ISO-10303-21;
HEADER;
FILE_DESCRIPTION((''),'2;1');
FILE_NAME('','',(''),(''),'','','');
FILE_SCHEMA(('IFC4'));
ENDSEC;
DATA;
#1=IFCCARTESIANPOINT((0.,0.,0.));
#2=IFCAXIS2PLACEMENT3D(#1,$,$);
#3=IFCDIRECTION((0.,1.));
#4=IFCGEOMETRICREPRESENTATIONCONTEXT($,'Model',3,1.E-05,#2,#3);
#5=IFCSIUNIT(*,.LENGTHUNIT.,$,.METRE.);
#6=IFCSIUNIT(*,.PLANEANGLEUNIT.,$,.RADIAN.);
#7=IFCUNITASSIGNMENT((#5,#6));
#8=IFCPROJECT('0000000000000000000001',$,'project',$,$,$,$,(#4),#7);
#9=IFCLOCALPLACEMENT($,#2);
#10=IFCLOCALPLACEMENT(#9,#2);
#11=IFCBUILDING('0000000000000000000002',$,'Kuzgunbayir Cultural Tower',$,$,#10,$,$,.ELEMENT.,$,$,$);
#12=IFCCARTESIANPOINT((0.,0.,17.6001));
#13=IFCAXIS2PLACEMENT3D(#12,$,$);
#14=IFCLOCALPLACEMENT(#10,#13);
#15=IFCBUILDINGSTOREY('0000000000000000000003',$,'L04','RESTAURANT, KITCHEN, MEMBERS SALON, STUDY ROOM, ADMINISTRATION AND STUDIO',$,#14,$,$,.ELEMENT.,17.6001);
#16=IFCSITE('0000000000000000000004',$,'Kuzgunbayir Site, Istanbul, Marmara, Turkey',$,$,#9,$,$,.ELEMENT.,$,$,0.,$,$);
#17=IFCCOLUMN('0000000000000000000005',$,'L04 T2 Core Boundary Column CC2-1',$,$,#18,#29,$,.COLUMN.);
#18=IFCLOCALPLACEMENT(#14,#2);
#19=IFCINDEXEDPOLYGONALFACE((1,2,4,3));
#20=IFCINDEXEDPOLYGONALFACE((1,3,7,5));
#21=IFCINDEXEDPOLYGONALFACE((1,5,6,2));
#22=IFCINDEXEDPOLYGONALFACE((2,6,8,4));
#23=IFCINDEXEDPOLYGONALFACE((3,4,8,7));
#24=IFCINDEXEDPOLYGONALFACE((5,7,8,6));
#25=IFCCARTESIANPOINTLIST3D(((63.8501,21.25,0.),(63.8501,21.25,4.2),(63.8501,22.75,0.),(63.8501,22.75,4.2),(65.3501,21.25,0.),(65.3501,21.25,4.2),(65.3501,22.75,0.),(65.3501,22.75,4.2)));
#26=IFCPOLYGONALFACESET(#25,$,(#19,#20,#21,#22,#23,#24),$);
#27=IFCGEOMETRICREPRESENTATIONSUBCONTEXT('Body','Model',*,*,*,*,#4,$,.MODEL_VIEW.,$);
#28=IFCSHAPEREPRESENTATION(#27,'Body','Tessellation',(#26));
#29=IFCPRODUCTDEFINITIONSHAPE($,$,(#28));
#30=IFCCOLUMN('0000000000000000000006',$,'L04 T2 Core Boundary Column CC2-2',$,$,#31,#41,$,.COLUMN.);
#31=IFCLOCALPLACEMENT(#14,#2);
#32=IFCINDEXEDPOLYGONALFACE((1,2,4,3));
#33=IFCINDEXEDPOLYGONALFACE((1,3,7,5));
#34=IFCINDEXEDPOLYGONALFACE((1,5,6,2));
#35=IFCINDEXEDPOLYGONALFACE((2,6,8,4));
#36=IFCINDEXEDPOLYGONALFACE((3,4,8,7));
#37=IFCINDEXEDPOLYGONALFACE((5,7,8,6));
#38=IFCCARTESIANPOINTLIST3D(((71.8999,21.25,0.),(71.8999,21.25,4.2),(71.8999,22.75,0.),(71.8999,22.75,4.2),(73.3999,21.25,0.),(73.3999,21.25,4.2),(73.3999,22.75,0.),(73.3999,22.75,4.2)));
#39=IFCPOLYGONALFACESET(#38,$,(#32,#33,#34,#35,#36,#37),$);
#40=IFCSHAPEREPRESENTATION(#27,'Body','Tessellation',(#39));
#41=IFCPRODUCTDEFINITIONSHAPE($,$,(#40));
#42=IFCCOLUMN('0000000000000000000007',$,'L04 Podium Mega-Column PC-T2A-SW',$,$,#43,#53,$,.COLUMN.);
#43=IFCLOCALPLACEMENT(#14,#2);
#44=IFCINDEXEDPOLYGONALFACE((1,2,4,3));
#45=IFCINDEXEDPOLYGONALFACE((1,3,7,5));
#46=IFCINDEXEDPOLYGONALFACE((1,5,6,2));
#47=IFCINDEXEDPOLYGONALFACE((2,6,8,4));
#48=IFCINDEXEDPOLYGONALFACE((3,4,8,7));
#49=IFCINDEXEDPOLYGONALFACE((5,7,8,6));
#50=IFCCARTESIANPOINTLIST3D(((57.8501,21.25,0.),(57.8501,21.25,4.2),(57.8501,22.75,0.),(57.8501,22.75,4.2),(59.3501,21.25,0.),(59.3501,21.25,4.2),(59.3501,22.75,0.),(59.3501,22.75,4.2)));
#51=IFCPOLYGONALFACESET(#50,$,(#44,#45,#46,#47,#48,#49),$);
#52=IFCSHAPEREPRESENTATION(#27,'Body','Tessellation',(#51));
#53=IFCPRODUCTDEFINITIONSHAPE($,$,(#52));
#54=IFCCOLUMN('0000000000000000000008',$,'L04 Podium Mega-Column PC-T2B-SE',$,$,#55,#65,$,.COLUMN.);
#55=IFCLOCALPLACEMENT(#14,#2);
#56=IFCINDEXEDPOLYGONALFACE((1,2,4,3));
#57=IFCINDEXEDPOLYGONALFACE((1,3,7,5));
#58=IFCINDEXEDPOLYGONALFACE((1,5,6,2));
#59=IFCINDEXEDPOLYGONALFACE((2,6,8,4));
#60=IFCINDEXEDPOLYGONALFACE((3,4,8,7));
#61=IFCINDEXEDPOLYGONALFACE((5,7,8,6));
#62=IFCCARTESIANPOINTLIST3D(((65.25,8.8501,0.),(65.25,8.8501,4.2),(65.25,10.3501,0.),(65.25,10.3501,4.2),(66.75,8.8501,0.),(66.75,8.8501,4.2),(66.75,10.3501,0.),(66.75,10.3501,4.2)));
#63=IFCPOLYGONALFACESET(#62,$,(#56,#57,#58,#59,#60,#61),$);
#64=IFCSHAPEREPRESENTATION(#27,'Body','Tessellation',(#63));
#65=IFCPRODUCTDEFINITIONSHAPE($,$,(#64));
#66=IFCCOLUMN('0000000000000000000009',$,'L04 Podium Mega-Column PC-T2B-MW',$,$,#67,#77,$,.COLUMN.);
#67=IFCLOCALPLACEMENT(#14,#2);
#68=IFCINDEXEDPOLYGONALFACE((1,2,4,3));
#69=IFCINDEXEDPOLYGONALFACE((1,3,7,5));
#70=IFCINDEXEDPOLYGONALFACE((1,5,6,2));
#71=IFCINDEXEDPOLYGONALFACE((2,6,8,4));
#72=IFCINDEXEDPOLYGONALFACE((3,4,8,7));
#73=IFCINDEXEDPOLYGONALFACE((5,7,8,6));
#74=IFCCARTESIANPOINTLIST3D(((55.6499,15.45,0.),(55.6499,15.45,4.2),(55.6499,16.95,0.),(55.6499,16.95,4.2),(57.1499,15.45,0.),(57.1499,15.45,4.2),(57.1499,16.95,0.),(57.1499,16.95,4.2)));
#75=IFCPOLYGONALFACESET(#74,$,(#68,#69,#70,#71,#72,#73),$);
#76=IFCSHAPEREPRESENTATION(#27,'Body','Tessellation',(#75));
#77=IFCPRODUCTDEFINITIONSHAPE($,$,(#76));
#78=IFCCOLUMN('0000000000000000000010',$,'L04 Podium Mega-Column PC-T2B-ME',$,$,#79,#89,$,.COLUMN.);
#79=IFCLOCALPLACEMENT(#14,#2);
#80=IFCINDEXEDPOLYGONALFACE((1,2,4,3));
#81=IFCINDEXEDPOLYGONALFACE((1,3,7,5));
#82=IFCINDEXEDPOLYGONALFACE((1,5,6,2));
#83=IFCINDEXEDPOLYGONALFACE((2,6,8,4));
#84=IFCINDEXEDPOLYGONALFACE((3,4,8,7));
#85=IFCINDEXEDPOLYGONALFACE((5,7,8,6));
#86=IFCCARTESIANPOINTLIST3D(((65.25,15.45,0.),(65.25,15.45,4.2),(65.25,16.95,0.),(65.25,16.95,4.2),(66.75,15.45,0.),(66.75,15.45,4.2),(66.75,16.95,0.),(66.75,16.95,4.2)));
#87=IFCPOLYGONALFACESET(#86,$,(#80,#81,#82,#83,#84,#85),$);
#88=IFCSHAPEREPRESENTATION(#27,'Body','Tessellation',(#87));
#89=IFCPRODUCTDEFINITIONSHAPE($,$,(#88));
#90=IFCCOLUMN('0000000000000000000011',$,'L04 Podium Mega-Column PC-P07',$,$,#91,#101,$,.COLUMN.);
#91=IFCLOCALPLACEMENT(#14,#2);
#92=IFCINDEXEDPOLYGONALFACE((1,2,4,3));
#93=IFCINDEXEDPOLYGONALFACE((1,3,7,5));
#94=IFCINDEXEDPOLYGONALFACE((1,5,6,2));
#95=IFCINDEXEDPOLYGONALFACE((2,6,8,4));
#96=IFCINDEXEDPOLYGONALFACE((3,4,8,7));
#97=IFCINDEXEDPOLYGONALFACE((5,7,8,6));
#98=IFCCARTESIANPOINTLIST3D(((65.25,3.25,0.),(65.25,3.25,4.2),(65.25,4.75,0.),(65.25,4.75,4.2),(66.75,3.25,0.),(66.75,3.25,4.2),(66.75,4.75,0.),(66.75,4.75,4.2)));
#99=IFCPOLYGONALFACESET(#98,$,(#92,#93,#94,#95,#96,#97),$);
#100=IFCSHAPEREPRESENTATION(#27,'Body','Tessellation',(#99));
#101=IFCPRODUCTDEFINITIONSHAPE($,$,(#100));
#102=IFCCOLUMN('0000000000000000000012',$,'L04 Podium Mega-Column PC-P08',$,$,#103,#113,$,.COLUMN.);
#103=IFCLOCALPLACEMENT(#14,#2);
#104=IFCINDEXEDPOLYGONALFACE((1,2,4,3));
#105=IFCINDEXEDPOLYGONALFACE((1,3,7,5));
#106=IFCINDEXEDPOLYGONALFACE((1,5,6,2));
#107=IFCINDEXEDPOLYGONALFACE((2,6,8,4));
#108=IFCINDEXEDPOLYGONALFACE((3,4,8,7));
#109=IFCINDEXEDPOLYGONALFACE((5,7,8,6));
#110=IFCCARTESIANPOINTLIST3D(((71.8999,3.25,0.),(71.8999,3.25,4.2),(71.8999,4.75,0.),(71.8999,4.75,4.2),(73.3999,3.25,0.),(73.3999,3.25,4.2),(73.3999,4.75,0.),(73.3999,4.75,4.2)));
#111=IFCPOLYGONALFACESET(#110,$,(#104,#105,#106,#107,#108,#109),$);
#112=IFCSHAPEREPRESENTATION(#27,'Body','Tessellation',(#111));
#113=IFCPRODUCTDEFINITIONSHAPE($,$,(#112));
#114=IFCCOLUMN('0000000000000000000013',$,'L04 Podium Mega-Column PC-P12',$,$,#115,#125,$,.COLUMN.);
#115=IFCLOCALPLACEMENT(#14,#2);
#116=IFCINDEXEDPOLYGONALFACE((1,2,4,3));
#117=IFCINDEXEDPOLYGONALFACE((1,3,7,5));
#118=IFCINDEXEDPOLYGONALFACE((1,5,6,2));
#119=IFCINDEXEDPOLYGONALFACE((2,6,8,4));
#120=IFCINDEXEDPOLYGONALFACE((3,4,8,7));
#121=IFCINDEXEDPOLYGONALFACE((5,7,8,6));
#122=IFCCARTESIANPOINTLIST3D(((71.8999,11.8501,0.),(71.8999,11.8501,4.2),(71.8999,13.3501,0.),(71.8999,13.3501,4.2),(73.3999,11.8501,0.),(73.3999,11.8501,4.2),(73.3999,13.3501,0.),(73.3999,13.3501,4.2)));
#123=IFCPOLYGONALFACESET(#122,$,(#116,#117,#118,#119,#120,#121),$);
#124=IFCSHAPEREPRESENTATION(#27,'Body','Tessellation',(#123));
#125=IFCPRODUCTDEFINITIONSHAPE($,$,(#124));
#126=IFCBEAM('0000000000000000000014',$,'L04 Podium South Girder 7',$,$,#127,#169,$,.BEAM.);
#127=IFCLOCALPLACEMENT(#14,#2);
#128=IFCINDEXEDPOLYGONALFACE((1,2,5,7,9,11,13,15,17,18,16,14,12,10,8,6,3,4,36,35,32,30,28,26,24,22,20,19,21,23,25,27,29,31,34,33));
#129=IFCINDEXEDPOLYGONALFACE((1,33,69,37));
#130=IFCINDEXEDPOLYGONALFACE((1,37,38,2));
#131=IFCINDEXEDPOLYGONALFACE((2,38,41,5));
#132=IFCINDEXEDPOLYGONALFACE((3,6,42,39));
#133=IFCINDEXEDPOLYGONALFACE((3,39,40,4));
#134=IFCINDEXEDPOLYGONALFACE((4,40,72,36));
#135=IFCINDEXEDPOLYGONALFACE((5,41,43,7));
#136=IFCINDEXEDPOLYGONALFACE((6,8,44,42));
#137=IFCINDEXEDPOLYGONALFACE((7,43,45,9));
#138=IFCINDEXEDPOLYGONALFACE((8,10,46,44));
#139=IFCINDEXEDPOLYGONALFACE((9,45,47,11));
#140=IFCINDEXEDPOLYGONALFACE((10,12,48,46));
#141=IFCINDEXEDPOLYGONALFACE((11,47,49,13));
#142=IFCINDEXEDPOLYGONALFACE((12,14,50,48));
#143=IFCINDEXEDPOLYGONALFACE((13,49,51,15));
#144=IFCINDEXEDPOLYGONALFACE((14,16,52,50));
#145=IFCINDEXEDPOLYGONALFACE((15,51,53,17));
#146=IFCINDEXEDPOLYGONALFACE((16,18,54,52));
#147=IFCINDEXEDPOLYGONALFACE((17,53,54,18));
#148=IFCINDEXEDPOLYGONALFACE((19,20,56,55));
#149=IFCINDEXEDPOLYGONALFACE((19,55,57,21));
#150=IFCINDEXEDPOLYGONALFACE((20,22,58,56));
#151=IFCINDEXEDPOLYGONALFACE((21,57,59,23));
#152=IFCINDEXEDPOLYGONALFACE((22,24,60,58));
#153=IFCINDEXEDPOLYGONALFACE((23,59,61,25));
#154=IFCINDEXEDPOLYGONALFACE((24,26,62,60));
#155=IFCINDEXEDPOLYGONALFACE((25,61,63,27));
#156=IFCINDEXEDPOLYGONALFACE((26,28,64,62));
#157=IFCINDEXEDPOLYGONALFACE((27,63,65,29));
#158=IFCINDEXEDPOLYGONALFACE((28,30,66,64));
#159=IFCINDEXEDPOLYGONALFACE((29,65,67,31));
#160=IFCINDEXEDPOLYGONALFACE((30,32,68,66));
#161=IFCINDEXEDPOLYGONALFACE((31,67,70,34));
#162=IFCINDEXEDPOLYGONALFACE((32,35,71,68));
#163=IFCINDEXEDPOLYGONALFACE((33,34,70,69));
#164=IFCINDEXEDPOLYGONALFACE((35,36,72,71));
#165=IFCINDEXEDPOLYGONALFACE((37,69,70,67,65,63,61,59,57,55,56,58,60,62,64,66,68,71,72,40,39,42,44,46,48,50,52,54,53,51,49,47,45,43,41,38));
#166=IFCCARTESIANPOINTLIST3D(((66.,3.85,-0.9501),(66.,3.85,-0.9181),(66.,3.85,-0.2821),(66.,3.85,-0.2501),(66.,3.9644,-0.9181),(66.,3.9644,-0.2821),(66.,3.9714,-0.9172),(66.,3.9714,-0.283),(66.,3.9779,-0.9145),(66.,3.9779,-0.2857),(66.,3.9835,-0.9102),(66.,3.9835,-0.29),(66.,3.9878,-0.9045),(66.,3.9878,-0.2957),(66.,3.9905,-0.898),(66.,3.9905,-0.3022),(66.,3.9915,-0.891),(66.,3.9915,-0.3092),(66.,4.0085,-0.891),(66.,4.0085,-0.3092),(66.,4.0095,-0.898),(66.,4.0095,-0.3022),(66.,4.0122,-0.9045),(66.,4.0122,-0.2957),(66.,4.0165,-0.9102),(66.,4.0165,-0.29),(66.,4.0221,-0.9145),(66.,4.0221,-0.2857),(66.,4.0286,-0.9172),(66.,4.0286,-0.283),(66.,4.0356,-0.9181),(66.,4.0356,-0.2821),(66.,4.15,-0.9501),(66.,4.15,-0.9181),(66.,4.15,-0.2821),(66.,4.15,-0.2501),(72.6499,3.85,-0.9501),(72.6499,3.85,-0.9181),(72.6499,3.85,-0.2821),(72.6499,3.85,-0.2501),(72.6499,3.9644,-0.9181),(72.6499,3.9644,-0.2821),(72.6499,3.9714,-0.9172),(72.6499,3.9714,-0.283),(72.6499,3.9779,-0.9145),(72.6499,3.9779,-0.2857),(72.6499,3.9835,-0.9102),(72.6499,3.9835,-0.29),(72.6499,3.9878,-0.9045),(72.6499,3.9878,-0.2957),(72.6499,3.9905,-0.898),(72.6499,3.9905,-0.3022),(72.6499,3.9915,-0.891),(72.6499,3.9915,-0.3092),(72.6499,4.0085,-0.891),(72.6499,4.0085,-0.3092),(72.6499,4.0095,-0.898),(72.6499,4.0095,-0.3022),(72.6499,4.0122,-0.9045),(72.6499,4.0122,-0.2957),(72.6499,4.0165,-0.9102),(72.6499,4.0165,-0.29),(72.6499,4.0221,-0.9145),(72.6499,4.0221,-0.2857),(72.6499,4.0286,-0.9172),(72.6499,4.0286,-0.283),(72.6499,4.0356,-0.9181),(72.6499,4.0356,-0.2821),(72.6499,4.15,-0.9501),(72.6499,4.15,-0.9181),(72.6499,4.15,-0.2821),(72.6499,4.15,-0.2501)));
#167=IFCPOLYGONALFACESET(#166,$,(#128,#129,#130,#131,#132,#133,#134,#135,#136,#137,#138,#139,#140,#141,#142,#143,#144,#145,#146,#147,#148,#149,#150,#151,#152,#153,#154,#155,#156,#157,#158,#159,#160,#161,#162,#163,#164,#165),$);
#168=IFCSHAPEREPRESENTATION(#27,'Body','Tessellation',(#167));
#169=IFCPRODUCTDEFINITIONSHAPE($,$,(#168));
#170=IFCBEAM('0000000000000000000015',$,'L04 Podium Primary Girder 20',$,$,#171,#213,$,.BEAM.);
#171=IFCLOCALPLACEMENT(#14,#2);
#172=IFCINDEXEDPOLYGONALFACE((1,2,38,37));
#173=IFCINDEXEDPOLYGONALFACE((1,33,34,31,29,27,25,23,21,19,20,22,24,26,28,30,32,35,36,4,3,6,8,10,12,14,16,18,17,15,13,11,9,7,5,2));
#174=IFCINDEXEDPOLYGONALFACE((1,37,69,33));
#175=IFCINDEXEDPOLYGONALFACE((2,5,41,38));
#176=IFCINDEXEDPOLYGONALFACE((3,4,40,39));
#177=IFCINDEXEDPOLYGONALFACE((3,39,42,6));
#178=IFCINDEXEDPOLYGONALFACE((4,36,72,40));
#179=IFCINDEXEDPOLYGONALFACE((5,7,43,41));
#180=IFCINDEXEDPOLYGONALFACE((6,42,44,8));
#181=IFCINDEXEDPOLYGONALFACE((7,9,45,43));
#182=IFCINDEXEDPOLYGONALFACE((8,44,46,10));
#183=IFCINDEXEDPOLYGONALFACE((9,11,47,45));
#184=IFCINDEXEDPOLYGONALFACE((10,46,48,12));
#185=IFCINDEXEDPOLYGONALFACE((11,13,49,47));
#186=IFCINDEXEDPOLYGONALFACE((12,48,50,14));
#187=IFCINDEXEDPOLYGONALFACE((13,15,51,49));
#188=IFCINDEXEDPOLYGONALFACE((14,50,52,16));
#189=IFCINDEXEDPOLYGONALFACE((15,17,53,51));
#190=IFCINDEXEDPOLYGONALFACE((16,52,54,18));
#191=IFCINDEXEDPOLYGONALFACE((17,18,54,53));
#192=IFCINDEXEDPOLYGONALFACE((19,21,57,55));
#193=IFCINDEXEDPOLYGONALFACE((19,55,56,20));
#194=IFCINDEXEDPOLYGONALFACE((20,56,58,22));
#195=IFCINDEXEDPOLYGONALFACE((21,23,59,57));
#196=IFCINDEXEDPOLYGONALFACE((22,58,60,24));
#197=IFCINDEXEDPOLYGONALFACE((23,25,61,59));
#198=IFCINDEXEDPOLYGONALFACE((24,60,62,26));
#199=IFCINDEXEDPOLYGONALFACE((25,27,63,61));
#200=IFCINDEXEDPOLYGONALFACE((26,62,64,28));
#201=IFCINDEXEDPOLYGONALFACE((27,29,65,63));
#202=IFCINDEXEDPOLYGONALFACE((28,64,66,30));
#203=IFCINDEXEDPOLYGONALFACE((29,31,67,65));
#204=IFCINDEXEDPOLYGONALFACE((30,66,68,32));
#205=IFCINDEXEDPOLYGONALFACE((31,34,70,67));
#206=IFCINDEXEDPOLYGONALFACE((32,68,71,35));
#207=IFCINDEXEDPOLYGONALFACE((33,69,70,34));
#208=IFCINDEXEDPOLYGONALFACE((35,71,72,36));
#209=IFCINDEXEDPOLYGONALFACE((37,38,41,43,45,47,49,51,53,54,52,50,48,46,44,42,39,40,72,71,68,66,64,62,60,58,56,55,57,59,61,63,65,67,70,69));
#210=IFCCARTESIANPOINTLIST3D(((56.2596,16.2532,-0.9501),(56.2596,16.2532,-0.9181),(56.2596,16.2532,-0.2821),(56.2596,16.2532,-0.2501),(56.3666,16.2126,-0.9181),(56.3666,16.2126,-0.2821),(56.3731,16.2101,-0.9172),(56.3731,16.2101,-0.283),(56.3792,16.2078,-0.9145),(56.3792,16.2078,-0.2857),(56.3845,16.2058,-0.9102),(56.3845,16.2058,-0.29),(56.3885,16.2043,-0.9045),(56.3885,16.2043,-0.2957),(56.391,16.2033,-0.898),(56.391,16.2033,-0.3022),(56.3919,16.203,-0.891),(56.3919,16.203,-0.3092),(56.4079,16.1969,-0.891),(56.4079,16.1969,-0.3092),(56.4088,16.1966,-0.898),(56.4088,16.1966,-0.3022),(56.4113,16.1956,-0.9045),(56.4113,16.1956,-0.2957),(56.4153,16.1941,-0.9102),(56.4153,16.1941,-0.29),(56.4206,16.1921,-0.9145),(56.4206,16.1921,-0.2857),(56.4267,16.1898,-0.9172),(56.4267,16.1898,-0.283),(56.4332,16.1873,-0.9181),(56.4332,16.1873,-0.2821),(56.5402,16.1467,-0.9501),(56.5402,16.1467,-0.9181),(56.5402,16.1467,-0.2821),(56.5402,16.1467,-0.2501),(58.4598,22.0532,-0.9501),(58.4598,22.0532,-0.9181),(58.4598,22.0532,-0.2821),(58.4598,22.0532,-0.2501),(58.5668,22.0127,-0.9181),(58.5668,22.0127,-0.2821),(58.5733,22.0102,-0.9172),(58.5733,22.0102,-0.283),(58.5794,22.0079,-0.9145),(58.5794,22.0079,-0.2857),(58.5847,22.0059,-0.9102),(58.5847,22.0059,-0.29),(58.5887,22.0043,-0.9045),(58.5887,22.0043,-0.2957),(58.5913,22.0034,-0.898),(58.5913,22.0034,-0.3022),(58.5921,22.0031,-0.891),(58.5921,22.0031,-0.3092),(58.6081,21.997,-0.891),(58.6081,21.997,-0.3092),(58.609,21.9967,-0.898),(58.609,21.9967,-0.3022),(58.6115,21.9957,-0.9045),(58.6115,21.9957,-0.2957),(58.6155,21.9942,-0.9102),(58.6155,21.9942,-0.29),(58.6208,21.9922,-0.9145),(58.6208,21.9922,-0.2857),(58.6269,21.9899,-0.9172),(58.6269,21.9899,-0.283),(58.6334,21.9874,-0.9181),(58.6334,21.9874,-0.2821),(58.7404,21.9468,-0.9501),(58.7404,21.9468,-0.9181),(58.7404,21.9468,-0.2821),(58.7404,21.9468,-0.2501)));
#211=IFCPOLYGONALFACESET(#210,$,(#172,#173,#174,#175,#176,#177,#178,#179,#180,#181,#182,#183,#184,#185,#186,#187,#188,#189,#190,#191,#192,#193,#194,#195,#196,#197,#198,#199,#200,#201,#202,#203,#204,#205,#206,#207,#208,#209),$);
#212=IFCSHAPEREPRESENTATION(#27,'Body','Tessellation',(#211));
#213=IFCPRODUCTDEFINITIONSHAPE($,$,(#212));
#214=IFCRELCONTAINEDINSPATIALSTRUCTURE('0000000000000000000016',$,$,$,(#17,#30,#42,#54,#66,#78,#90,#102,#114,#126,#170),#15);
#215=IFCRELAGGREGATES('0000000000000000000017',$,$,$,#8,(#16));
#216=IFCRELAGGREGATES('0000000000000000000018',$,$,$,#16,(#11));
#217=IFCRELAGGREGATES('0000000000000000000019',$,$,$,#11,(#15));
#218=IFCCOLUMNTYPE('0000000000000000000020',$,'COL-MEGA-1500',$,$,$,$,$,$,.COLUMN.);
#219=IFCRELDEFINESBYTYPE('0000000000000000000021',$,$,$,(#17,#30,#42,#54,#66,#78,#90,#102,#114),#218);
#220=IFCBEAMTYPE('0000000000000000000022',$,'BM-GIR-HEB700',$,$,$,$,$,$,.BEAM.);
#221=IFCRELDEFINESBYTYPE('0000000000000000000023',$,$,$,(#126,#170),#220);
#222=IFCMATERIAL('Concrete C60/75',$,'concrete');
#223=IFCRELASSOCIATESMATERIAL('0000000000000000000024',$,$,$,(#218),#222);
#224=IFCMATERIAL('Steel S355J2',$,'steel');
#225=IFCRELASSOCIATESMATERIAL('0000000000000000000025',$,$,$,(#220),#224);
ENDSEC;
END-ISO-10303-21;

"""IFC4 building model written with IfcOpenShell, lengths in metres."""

from ifc_helpers import new_model, si_unit, direction, frame, origin, origin_2d, place, context, subcontext, project, spatial, rectangle, i_section, extrude, material, material_profile, profile_set, type_object, element, save


model = new_model("IFC4")

# Units and contexts
model_context = context("Model", 3, precision=1e-05, world=origin(), true_north=direction((0.0, 1.0)))
body_context = subcontext(model_context, "Body", "Model", "MODEL_VIEW")
ifc_project = project(units=[si_unit("LENGTHUNIT", "METRE"), si_unit("PLANEANGLEUNIT", "RADIAN")], contexts=[model_context])

# Site, building, storey
site_placement = place(None, origin())
site = spatial("IfcSite", under=ifc_project, at=site_placement, Name="Kuzgunbayir Site, Istanbul, Marmara, Turkey", CompositionType="ELEMENT", RefElevation=0.0)
building_placement = place(site_placement, origin())
building = spatial("IfcBuilding", under=site, at=building_placement, Name="Kuzgunbayir Cultural Tower", CompositionType="ELEMENT")
storey_placement = place(building_placement, frame((0.0, 0.0, 17.6001)))
storey = spatial("IfcBuildingStorey", under=building, at=storey_placement, Name="L04", Description="RESTAURANT, KITCHEN, MEMBERS SALON, STUDY ROOM, ADMINISTRATION AND STUDIO", CompositionType="ELEMENT", Elevation=17.6001)

# Columns
ifc_material_1 = material(Name="Concrete C60/75", Category="concrete")
ifc_material_profile_1 = material_profile(ifc_material_1, rectangle(XDim=1.5, YDim=1.5, at=origin_2d()), Name="RC 1500x1500")
ifc_profile_set_1 = profile_set([ifc_material_profile_1], Name="Concrete C60/75")
column_type = type_object("IfcColumnType", Name="COL-MEGA-1500", PredefinedType="COLUMN", material=ifc_profile_set_1)
for number, where, z_axis, x_axis, name in (
    (1, (64.6001, 22.0, 0.0), (0.0, 0.0, 1.0), (1.0, 0.0, 0.0), "L04 T2 Core Boundary Column CC2-1"),
    (2, (72.6499, 22.0, 0.0), (0.0, 0.0, 1.0), (1.0, 0.0, 0.0), "L04 T2 Core Boundary Column CC2-2"),
    (3, (58.6001, 22.0, 0.0), (0.0, 0.0, 1.0), (1.0, 0.0, 0.0), "L04 Podium Mega-Column PC-T2A-SW"),
    (4, (66.0, 9.6001, 0.0), (0.0, 0.0, 1.0), (1.0, 0.0, 0.0), "L04 Podium Mega-Column PC-T2B-SE"),
    (5, (56.3999, 16.2, 0.0), (0.0, 0.0, 1.0), (1.0, 0.0, 0.0), "L04 Podium Mega-Column PC-T2B-MW"),
    (6, (66.0, 16.2, 0.0), (0.0, 0.0, 1.0), (1.0, 0.0, 0.0), "L04 Podium Mega-Column PC-T2B-ME"),
    (7, (66.0, 4.0, 0.0), (0.0, 0.0, 1.0), (1.0, 0.0, 0.0), "L04 Podium Mega-Column PC-P07"),
    (8, (72.6499, 4.0, 0.0), (0.0, 0.0, 1.0), (1.0, 0.0, 0.0), "L04 Podium Mega-Column PC-P08"),
    (9, (72.6499, 12.6001, 0.0), (0.0, 0.0, 1.0), (1.0, 0.0, 0.0), "L04 Podium Mega-Column PC-P12"),
):
    element("IfcColumn", number, at=place(storey_placement, frame(where, z_axis=z_axis, x_axis=x_axis)), inside=storey, type_object=column_type, Name=name, PredefinedType="COLUMN", context=body_context, shape_type="SweptSolid", body=[
        extrude(rectangle(XDim=1.5, YDim=1.5, at=origin_2d()), origin(), (0.0, 0.0, 1.0), 4.2),
    ])

# Beams
ifc_material_2 = material(Name="Steel S355J2", Category="steel")
ifc_material_profile_2 = material_profile(ifc_material_2, i_section(OverallWidth=0.3, OverallDepth=0.7, WebThickness=0.0171, FlangeThickness=0.032, FilletRadius=0.0271, at=origin_2d()), Name="HEB 700")
ifc_profile_set_2 = profile_set([ifc_material_profile_2], Name="Steel S355J2")
beam_type = type_object("IfcBeamType", Name="BM-GIR-HEB700", PredefinedType="BEAM", material=ifc_profile_set_2)
beam_1_placement = place(storey_placement, frame((66.0, 4.0, -0.6001), z_axis=(1.0, 0.0, 0.0), x_axis=(0.0, 1.0, 0.0)))
element("IfcBeam", 10, at=beam_1_placement, inside=storey, type_object=beam_type, Name="L04 Podium South Girder 7", PredefinedType="BEAM", context=body_context, shape_type="SweptSolid", body=[
    extrude(i_section(OverallWidth=0.3, OverallDepth=0.7, WebThickness=0.0171, FlangeThickness=0.032, FilletRadius=0.0271, at=origin_2d()), origin(), (0.0, 0.0, 1.0), 6.6499),
])
beam_2_placement = place(storey_placement, frame((56.3999, 16.2, -0.6001), z_axis=(0.354679, 0.934988, 0.0), x_axis=(-0.934988, 0.354679, 0.0)))
element("IfcBeam", 11, at=beam_2_placement, inside=storey, type_object=beam_type, Name="L04 Podium Primary Girder 20", PredefinedType="BEAM", context=body_context, shape_type="SweptSolid", body=[
    extrude(i_section(OverallWidth=0.3, OverallDepth=0.7, WebThickness=0.0171, FlangeThickness=0.032, FilletRadius=0.0271, at=origin_2d()), origin(), (0.0, 0.0, 1.0), 6.2034),
])

save(model, "model.ifc")
